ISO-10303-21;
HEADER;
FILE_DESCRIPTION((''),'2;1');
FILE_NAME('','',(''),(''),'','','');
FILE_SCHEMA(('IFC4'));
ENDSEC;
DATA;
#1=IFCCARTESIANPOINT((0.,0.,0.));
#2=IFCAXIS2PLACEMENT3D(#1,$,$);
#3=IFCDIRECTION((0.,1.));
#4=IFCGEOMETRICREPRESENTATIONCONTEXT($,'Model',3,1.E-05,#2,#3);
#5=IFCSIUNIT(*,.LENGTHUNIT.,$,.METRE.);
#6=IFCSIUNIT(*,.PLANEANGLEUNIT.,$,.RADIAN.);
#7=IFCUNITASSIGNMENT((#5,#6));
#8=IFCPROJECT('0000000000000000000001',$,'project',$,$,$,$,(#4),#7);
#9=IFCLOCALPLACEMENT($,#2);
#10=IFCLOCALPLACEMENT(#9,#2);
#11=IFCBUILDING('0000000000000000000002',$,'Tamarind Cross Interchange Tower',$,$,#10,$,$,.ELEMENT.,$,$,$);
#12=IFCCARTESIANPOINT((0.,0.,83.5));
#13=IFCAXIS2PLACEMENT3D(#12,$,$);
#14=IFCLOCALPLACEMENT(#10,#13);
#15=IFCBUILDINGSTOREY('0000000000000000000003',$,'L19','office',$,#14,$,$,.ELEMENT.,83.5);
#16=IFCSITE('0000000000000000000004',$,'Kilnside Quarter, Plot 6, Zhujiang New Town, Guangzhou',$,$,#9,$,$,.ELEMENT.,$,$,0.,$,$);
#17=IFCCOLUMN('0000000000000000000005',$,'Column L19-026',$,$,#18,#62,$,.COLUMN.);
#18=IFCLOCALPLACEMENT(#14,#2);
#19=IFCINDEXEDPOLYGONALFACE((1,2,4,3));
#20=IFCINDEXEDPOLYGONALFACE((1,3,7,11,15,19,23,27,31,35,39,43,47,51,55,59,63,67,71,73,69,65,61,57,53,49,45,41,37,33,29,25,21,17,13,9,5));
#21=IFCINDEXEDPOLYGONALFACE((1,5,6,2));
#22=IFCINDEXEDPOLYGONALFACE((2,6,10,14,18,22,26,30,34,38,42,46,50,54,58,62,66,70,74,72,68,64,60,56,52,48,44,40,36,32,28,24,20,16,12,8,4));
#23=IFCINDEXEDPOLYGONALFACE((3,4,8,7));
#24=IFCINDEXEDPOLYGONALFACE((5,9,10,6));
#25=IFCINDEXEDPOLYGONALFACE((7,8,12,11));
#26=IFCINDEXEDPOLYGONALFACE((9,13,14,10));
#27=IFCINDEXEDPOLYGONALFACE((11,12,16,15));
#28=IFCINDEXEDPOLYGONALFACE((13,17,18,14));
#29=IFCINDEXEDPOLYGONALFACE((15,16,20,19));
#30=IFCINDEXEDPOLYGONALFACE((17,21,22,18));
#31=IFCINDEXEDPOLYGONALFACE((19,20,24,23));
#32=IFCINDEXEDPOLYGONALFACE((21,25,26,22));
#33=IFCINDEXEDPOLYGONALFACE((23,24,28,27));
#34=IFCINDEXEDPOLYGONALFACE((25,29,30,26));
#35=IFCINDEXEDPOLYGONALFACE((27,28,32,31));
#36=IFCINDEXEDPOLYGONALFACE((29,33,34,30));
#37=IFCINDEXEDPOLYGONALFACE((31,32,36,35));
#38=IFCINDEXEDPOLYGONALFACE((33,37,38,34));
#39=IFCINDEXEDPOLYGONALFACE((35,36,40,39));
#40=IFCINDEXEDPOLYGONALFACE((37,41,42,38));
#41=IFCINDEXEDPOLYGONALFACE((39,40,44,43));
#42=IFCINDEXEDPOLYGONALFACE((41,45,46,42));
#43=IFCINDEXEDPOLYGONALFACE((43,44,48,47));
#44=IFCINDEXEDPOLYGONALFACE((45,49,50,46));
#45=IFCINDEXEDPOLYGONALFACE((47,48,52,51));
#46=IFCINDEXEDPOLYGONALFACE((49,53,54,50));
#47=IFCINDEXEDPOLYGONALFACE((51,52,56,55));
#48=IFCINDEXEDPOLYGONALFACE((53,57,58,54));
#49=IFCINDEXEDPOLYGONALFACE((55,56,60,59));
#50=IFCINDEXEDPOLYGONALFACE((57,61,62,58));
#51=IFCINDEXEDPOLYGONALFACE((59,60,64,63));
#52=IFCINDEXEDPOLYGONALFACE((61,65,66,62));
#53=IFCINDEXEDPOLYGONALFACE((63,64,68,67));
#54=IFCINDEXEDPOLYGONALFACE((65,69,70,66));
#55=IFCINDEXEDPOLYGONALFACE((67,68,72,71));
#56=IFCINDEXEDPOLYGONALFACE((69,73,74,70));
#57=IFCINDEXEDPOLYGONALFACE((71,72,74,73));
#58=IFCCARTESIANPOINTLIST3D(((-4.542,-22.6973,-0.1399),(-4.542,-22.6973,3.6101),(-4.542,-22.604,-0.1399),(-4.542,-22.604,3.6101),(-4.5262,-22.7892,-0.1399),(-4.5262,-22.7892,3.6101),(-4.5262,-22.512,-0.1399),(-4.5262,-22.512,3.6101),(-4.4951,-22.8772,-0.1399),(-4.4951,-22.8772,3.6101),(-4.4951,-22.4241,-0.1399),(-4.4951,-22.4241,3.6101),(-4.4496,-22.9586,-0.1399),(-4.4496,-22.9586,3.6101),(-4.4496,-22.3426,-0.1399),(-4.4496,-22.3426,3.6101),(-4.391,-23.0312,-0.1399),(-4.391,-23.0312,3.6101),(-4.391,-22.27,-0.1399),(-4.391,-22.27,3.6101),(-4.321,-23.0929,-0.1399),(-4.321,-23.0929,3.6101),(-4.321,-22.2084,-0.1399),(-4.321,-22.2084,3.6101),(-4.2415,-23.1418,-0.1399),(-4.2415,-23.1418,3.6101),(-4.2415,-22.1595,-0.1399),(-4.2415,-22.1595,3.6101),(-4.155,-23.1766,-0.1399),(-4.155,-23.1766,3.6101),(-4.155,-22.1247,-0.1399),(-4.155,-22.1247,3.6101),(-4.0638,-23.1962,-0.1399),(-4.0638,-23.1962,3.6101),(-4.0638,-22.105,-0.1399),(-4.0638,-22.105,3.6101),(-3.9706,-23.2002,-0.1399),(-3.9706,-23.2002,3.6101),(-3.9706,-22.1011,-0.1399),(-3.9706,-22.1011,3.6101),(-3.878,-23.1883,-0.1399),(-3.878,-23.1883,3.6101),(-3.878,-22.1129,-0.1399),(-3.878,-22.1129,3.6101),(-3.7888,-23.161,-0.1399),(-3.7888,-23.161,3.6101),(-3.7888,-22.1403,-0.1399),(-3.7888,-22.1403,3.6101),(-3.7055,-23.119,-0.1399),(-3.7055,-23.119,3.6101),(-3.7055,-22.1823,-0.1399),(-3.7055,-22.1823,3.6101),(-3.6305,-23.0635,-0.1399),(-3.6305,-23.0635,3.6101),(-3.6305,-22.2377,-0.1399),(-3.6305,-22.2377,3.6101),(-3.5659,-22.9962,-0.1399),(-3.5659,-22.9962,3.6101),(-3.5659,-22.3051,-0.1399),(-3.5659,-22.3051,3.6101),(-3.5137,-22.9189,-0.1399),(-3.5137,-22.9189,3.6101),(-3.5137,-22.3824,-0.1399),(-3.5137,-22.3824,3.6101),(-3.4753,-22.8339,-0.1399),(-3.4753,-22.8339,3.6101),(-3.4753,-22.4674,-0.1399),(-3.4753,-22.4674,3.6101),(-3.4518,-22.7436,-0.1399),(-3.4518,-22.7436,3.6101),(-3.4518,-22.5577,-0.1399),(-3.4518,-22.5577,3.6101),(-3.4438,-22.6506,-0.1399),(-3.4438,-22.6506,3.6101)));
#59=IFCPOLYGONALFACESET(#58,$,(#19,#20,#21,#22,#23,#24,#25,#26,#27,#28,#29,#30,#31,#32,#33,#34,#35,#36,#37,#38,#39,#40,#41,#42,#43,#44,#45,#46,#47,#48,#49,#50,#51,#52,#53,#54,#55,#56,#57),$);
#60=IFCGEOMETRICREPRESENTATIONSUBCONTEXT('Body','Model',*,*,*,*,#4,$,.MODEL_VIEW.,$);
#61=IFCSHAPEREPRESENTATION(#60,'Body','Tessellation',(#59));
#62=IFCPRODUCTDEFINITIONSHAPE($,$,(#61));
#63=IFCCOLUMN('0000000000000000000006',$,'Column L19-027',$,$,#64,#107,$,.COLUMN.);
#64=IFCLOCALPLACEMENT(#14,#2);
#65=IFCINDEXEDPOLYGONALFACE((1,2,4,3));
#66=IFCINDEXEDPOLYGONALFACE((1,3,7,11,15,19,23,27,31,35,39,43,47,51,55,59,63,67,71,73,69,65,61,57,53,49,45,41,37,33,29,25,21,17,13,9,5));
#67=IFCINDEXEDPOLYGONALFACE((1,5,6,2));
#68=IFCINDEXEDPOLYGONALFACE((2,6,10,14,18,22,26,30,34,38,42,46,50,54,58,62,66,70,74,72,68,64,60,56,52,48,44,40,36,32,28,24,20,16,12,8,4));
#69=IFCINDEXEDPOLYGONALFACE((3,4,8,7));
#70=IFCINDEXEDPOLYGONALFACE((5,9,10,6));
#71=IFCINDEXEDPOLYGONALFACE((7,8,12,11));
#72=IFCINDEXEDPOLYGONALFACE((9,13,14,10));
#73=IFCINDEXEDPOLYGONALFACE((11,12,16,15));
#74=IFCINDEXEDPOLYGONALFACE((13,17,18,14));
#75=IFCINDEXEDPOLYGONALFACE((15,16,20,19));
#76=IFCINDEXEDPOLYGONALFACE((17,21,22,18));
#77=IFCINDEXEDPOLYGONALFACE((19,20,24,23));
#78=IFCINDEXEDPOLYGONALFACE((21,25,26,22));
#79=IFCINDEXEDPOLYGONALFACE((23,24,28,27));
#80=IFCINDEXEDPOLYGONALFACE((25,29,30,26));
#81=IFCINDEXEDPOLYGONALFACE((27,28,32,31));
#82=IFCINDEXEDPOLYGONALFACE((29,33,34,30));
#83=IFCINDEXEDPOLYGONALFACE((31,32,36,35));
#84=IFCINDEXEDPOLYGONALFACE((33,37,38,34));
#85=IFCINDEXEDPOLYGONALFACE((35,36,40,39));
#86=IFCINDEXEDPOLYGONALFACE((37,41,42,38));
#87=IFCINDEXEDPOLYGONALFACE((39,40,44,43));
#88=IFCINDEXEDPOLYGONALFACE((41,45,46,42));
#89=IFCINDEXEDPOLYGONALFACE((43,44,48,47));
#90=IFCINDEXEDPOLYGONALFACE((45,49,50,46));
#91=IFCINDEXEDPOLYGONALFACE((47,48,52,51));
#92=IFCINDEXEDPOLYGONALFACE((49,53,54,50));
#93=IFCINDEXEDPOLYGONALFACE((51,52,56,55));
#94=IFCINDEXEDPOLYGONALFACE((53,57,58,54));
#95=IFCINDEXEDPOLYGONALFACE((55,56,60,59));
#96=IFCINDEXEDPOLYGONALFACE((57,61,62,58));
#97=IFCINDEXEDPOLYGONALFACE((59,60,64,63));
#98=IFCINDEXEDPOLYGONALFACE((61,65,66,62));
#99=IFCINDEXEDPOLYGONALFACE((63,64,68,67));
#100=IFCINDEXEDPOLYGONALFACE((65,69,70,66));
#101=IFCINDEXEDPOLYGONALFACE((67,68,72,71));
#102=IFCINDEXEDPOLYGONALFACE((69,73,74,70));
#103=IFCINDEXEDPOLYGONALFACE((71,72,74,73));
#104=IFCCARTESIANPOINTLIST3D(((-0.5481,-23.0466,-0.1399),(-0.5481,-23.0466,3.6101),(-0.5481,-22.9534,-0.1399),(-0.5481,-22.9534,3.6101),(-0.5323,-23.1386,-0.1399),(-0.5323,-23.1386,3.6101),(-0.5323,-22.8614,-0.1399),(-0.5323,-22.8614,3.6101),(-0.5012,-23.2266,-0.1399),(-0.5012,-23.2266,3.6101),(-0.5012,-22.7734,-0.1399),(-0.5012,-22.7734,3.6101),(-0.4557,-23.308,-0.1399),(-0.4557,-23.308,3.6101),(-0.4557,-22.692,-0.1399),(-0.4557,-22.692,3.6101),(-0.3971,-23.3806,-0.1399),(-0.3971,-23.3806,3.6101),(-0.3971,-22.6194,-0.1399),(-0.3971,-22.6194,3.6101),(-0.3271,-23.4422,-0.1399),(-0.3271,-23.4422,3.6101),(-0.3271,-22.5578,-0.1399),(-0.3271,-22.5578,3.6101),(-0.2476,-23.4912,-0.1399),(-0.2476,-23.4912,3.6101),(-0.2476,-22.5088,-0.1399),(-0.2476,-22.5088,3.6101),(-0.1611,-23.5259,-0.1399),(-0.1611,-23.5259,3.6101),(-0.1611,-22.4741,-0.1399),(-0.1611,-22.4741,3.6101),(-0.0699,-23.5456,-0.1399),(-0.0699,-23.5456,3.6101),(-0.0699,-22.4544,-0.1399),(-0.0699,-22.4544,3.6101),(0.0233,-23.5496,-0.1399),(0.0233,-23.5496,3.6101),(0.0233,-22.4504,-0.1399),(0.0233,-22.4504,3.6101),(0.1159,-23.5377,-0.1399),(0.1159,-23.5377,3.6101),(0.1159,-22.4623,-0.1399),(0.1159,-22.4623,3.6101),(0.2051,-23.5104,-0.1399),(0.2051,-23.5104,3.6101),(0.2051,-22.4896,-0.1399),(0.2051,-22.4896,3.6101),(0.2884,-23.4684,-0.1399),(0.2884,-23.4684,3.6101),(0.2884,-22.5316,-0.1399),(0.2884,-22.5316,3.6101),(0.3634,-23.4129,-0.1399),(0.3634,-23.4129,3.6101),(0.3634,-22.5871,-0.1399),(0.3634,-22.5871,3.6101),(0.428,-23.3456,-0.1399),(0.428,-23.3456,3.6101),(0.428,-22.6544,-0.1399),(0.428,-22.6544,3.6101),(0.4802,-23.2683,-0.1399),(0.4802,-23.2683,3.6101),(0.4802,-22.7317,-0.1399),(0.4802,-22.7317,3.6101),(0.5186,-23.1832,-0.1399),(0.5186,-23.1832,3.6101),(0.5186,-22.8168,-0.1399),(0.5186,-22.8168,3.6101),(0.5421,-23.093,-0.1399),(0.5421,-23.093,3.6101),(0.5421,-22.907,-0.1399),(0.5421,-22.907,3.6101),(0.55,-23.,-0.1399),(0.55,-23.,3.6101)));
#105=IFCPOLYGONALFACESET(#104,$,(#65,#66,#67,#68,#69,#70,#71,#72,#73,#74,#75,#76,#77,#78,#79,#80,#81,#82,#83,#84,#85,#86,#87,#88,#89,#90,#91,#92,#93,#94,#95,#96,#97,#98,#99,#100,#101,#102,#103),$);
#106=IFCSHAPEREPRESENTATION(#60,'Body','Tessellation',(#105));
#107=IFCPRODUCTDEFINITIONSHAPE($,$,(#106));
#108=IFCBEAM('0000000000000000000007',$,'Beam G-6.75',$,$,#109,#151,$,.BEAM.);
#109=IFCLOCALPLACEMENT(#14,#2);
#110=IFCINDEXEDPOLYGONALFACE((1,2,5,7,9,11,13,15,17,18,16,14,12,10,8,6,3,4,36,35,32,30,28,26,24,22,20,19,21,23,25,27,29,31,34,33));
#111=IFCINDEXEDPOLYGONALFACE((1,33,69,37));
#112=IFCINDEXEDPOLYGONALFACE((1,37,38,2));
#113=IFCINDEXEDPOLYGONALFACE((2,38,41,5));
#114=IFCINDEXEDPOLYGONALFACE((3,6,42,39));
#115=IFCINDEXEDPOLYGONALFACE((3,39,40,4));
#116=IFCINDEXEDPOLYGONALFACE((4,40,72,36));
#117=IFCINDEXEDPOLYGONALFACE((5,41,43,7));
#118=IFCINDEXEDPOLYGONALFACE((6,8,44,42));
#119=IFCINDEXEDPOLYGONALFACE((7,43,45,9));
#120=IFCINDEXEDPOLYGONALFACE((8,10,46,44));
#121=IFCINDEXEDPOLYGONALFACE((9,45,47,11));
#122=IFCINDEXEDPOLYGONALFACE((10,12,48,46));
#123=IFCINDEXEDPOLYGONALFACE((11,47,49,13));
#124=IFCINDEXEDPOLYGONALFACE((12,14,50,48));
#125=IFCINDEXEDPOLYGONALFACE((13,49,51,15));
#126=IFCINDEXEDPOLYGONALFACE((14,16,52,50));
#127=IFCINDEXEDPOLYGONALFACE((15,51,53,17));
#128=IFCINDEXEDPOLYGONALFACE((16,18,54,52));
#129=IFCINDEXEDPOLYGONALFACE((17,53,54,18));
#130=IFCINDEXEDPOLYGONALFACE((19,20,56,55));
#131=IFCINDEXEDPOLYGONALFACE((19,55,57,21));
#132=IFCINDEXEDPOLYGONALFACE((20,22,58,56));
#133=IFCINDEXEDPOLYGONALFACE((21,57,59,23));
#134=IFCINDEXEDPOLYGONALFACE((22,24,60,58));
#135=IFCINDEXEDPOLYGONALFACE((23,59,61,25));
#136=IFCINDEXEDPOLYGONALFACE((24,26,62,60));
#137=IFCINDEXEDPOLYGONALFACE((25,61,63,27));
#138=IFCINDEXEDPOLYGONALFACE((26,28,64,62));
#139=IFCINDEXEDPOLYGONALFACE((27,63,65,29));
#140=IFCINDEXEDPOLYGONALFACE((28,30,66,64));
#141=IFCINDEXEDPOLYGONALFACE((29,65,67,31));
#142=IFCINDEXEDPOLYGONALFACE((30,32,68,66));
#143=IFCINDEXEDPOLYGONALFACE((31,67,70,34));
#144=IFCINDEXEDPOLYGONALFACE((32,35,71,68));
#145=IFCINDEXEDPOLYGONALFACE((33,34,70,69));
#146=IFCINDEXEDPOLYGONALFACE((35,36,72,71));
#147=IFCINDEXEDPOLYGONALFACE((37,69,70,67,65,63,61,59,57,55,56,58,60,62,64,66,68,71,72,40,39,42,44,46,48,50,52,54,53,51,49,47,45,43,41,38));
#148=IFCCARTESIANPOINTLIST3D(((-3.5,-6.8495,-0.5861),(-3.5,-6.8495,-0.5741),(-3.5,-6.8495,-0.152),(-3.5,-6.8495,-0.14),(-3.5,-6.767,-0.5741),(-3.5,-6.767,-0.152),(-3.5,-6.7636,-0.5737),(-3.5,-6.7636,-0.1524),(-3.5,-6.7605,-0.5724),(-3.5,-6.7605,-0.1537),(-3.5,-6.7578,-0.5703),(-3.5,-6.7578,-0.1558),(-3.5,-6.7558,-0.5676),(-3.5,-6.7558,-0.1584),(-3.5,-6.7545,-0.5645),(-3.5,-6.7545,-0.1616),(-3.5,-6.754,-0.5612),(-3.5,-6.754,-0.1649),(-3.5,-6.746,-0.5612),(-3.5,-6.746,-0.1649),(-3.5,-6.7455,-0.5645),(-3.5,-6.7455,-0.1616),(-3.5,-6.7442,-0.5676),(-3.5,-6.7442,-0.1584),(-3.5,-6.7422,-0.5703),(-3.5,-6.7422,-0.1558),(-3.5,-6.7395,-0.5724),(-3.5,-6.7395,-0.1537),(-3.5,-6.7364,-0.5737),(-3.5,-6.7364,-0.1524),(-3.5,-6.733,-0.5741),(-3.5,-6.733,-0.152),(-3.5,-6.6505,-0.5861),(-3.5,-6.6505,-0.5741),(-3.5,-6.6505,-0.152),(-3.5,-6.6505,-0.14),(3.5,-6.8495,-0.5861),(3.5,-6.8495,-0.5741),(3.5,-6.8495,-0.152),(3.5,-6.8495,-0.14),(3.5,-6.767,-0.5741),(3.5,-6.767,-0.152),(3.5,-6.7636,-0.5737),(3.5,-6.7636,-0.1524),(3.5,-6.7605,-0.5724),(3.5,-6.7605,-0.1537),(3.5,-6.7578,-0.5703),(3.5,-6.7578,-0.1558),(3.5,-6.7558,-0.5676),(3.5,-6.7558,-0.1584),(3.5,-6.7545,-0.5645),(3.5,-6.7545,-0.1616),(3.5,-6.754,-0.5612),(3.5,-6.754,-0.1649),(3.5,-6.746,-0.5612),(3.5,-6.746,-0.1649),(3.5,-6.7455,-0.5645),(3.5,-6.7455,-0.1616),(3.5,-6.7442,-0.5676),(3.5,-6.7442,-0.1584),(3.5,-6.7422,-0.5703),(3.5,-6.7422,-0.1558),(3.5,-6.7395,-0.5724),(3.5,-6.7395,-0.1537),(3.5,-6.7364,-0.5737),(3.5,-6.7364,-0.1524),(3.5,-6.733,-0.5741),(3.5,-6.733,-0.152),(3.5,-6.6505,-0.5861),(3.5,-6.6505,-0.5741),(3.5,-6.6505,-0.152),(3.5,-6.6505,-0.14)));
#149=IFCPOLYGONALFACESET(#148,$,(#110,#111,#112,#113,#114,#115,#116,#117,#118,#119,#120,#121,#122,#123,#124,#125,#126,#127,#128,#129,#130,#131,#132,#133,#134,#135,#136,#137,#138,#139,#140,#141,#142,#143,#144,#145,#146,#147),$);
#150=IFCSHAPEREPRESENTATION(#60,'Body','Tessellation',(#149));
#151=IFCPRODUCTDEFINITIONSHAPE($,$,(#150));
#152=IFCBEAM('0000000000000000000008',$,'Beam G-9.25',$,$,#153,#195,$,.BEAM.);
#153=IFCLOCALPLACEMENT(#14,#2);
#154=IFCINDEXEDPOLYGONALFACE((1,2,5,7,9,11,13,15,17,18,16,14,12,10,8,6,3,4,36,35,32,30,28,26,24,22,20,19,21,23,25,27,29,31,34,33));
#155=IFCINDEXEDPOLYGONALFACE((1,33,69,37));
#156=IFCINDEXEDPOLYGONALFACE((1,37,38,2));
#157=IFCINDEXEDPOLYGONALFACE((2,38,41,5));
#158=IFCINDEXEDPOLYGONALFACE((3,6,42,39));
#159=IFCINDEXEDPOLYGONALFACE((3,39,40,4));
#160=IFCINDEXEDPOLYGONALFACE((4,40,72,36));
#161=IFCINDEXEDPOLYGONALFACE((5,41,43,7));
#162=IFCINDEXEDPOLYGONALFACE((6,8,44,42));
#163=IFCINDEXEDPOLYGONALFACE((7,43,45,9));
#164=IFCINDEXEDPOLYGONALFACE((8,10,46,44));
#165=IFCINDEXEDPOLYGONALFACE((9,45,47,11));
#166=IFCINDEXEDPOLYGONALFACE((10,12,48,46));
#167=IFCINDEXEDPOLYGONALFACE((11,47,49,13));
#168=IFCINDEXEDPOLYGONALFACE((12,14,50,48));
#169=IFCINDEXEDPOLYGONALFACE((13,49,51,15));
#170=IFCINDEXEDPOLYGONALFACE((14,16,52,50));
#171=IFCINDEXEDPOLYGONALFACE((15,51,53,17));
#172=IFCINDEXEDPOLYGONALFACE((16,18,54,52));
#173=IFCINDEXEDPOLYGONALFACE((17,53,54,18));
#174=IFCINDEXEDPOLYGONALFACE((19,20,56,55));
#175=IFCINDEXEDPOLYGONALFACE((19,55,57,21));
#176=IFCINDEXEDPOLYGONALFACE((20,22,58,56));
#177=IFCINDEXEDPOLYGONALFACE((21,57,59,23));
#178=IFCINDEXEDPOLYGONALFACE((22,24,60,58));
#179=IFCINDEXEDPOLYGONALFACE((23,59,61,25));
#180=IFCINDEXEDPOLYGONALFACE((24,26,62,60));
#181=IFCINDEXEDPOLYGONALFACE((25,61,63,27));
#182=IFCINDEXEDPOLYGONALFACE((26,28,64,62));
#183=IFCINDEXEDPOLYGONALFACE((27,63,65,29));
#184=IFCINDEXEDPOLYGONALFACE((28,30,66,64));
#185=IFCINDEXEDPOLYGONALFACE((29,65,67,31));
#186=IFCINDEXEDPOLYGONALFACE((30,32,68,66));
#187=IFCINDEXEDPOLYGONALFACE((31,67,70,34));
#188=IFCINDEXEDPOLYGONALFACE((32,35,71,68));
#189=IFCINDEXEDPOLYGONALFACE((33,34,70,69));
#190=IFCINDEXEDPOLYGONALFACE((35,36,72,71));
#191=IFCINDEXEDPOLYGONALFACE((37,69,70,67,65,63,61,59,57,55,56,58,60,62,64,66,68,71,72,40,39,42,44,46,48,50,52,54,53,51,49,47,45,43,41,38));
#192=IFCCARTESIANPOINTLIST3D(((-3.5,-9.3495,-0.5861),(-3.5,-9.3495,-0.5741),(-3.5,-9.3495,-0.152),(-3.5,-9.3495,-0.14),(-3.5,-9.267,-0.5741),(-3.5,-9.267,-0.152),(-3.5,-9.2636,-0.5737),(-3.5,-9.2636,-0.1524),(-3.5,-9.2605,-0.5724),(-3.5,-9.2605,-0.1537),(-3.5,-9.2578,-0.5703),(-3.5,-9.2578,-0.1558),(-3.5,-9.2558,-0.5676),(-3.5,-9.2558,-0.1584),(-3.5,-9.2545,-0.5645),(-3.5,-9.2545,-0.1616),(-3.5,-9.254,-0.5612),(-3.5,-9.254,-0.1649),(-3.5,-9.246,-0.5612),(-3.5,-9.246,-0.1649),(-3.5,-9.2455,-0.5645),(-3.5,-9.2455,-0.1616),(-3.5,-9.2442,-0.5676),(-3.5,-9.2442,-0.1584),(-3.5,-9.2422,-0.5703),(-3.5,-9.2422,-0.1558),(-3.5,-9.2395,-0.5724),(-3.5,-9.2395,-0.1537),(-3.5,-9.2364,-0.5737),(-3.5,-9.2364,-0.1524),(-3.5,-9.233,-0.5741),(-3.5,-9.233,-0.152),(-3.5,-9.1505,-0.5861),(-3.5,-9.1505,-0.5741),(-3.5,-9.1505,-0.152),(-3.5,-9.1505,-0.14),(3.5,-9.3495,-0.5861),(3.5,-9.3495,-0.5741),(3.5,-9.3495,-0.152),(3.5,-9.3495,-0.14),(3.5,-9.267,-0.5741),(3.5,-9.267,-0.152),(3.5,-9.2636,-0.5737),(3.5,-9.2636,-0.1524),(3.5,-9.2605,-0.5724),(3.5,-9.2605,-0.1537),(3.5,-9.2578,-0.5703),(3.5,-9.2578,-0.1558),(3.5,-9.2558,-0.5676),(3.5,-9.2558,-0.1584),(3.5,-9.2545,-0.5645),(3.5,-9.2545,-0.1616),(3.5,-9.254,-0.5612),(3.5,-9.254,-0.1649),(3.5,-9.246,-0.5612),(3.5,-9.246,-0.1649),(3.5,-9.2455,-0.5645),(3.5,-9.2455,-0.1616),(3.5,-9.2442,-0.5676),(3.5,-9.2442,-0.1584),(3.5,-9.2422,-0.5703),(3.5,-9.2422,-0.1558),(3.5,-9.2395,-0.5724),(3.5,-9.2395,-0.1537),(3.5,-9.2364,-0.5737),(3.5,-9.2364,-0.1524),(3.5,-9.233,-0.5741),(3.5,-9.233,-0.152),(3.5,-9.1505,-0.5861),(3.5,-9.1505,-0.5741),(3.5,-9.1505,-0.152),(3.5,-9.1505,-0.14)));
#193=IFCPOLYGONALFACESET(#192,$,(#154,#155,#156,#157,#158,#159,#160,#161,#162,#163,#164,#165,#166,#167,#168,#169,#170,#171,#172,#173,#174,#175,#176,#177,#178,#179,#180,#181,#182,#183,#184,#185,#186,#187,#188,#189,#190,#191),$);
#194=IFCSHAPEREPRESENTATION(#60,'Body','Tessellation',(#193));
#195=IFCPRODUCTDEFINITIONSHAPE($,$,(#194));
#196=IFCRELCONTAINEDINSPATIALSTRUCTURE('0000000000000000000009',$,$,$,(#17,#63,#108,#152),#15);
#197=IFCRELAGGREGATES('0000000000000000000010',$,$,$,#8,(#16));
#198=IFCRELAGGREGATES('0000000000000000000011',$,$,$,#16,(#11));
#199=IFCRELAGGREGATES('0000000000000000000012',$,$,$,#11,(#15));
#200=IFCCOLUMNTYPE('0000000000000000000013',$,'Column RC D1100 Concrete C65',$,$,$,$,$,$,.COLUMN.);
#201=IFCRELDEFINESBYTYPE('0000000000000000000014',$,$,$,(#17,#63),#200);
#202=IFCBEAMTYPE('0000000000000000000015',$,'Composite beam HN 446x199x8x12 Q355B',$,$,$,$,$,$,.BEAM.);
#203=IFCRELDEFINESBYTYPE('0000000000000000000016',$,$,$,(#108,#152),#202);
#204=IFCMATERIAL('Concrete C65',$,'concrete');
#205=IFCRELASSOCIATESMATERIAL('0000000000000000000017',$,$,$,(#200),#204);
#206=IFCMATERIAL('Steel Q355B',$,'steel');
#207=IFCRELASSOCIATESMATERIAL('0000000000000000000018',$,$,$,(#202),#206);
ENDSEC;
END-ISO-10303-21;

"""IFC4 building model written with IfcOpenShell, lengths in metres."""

from ifc_helpers import new_model, si_unit, direction, frame, origin, origin_2d, place, context, subcontext, project, spatial, circle, i_section, extrude, material, material_profile, profile_set, type_object, element, save


model = new_model("IFC4")

# Units and contexts
model_context = context("Model", 3, precision=1e-05, world=origin(), true_north=direction((0.0, 1.0)))
body_context = subcontext(model_context, "Body", "Model", "MODEL_VIEW")
ifc_project = project(units=[si_unit("LENGTHUNIT", "METRE"), si_unit("PLANEANGLEUNIT", "RADIAN")], contexts=[model_context])

# Site, building, storey
site_placement = place(None, origin())
site = spatial("IfcSite", under=ifc_project, at=site_placement, Name="Kilnside Quarter, Plot 6, Zhujiang New Town, Guangzhou", CompositionType="ELEMENT", RefElevation=0.0)
building_placement = place(site_placement, origin())
building = spatial("IfcBuilding", under=site, at=building_placement, Name="Tamarind Cross Interchange Tower", CompositionType="ELEMENT")
storey_placement = place(building_placement, frame((0.0, 0.0, 83.5)))
storey = spatial("IfcBuildingStorey", under=building, at=storey_placement, Name="L19", Description="office", CompositionType="ELEMENT", Elevation=83.5)

# Columns
ifc_material_1 = material(Name="Concrete C65", Category="concrete")
ifc_material_profile_1 = material_profile(ifc_material_1, circle(Radius=0.55, at=origin_2d()), Name="RC D1100")
ifc_profile_set_1 = profile_set([ifc_material_profile_1], Name="Concrete C65")
column_type = type_object("IfcColumnType", Name="Column RC D1100 Concrete C65", PredefinedType="COLUMN", material=ifc_profile_set_1)
for number, where, z_axis, x_axis, name in (
    (1, (-3.9939, -22.6506, -0.1399), (0.0, 0.0, 1.0), (1.0, 0.0, 0.0), "Column L19-026"),
    (2, (0.0, -23.0, -0.1399), (0.0, 0.0, 1.0), (1.0, 0.0, 0.0), "Column L19-027"),
):
    element("IfcColumn", number, at=place(storey_placement, frame(where, z_axis=z_axis, x_axis=x_axis)), inside=storey, type_object=column_type, Name=name, PredefinedType="COLUMN", context=body_context, shape_type="SweptSolid", body=[
        extrude(circle(Radius=0.55, at=origin_2d()), origin(), (0.0, 0.0, 1.0), 3.75),
    ])

# Beams
ifc_material_2 = material(Name="Steel Q355B", Category="steel")
ifc_material_profile_2 = material_profile(ifc_material_2, i_section(OverallWidth=0.199, OverallDepth=0.446, WebThickness=0.0081, FlangeThickness=0.012, FilletRadius=0.0129, at=origin_2d()), Name="HN 446x199x8x12")
ifc_profile_set_2 = profile_set([ifc_material_profile_2], Name="Steel Q355B")
beam_type_1 = type_object("IfcBeamType", Name="Composite beam HN 446x199x8x12 Q355B", PredefinedType="BEAM", material=ifc_profile_set_2)
for number, where, z_axis, x_axis, name in (
    (3, (-3.5, -6.75, -0.363), (1.0, 0.0, 0.0), (0.0, 1.0, 0.0), "Beam G-6.75"),
    (4, (-3.5, -9.25, -0.363), (1.0, 0.0, 0.0), (0.0, 1.0, 0.0), "Beam G-9.25"),
):
    element("IfcBeam", number, at=place(storey_placement, frame(where, z_axis=z_axis, x_axis=x_axis)), inside=storey, type_object=beam_type_1, Name=name, PredefinedType="BEAM", context=body_context, shape_type="SweptSolid", body=[
        extrude(i_section(OverallWidth=0.199, OverallDepth=0.446, WebThickness=0.0081, FlangeThickness=0.012, FilletRadius=0.0129, at=origin_2d()), origin(), (0.0, 0.0, 1.0), 7.0),
    ])

save(model, "model.ifc")
